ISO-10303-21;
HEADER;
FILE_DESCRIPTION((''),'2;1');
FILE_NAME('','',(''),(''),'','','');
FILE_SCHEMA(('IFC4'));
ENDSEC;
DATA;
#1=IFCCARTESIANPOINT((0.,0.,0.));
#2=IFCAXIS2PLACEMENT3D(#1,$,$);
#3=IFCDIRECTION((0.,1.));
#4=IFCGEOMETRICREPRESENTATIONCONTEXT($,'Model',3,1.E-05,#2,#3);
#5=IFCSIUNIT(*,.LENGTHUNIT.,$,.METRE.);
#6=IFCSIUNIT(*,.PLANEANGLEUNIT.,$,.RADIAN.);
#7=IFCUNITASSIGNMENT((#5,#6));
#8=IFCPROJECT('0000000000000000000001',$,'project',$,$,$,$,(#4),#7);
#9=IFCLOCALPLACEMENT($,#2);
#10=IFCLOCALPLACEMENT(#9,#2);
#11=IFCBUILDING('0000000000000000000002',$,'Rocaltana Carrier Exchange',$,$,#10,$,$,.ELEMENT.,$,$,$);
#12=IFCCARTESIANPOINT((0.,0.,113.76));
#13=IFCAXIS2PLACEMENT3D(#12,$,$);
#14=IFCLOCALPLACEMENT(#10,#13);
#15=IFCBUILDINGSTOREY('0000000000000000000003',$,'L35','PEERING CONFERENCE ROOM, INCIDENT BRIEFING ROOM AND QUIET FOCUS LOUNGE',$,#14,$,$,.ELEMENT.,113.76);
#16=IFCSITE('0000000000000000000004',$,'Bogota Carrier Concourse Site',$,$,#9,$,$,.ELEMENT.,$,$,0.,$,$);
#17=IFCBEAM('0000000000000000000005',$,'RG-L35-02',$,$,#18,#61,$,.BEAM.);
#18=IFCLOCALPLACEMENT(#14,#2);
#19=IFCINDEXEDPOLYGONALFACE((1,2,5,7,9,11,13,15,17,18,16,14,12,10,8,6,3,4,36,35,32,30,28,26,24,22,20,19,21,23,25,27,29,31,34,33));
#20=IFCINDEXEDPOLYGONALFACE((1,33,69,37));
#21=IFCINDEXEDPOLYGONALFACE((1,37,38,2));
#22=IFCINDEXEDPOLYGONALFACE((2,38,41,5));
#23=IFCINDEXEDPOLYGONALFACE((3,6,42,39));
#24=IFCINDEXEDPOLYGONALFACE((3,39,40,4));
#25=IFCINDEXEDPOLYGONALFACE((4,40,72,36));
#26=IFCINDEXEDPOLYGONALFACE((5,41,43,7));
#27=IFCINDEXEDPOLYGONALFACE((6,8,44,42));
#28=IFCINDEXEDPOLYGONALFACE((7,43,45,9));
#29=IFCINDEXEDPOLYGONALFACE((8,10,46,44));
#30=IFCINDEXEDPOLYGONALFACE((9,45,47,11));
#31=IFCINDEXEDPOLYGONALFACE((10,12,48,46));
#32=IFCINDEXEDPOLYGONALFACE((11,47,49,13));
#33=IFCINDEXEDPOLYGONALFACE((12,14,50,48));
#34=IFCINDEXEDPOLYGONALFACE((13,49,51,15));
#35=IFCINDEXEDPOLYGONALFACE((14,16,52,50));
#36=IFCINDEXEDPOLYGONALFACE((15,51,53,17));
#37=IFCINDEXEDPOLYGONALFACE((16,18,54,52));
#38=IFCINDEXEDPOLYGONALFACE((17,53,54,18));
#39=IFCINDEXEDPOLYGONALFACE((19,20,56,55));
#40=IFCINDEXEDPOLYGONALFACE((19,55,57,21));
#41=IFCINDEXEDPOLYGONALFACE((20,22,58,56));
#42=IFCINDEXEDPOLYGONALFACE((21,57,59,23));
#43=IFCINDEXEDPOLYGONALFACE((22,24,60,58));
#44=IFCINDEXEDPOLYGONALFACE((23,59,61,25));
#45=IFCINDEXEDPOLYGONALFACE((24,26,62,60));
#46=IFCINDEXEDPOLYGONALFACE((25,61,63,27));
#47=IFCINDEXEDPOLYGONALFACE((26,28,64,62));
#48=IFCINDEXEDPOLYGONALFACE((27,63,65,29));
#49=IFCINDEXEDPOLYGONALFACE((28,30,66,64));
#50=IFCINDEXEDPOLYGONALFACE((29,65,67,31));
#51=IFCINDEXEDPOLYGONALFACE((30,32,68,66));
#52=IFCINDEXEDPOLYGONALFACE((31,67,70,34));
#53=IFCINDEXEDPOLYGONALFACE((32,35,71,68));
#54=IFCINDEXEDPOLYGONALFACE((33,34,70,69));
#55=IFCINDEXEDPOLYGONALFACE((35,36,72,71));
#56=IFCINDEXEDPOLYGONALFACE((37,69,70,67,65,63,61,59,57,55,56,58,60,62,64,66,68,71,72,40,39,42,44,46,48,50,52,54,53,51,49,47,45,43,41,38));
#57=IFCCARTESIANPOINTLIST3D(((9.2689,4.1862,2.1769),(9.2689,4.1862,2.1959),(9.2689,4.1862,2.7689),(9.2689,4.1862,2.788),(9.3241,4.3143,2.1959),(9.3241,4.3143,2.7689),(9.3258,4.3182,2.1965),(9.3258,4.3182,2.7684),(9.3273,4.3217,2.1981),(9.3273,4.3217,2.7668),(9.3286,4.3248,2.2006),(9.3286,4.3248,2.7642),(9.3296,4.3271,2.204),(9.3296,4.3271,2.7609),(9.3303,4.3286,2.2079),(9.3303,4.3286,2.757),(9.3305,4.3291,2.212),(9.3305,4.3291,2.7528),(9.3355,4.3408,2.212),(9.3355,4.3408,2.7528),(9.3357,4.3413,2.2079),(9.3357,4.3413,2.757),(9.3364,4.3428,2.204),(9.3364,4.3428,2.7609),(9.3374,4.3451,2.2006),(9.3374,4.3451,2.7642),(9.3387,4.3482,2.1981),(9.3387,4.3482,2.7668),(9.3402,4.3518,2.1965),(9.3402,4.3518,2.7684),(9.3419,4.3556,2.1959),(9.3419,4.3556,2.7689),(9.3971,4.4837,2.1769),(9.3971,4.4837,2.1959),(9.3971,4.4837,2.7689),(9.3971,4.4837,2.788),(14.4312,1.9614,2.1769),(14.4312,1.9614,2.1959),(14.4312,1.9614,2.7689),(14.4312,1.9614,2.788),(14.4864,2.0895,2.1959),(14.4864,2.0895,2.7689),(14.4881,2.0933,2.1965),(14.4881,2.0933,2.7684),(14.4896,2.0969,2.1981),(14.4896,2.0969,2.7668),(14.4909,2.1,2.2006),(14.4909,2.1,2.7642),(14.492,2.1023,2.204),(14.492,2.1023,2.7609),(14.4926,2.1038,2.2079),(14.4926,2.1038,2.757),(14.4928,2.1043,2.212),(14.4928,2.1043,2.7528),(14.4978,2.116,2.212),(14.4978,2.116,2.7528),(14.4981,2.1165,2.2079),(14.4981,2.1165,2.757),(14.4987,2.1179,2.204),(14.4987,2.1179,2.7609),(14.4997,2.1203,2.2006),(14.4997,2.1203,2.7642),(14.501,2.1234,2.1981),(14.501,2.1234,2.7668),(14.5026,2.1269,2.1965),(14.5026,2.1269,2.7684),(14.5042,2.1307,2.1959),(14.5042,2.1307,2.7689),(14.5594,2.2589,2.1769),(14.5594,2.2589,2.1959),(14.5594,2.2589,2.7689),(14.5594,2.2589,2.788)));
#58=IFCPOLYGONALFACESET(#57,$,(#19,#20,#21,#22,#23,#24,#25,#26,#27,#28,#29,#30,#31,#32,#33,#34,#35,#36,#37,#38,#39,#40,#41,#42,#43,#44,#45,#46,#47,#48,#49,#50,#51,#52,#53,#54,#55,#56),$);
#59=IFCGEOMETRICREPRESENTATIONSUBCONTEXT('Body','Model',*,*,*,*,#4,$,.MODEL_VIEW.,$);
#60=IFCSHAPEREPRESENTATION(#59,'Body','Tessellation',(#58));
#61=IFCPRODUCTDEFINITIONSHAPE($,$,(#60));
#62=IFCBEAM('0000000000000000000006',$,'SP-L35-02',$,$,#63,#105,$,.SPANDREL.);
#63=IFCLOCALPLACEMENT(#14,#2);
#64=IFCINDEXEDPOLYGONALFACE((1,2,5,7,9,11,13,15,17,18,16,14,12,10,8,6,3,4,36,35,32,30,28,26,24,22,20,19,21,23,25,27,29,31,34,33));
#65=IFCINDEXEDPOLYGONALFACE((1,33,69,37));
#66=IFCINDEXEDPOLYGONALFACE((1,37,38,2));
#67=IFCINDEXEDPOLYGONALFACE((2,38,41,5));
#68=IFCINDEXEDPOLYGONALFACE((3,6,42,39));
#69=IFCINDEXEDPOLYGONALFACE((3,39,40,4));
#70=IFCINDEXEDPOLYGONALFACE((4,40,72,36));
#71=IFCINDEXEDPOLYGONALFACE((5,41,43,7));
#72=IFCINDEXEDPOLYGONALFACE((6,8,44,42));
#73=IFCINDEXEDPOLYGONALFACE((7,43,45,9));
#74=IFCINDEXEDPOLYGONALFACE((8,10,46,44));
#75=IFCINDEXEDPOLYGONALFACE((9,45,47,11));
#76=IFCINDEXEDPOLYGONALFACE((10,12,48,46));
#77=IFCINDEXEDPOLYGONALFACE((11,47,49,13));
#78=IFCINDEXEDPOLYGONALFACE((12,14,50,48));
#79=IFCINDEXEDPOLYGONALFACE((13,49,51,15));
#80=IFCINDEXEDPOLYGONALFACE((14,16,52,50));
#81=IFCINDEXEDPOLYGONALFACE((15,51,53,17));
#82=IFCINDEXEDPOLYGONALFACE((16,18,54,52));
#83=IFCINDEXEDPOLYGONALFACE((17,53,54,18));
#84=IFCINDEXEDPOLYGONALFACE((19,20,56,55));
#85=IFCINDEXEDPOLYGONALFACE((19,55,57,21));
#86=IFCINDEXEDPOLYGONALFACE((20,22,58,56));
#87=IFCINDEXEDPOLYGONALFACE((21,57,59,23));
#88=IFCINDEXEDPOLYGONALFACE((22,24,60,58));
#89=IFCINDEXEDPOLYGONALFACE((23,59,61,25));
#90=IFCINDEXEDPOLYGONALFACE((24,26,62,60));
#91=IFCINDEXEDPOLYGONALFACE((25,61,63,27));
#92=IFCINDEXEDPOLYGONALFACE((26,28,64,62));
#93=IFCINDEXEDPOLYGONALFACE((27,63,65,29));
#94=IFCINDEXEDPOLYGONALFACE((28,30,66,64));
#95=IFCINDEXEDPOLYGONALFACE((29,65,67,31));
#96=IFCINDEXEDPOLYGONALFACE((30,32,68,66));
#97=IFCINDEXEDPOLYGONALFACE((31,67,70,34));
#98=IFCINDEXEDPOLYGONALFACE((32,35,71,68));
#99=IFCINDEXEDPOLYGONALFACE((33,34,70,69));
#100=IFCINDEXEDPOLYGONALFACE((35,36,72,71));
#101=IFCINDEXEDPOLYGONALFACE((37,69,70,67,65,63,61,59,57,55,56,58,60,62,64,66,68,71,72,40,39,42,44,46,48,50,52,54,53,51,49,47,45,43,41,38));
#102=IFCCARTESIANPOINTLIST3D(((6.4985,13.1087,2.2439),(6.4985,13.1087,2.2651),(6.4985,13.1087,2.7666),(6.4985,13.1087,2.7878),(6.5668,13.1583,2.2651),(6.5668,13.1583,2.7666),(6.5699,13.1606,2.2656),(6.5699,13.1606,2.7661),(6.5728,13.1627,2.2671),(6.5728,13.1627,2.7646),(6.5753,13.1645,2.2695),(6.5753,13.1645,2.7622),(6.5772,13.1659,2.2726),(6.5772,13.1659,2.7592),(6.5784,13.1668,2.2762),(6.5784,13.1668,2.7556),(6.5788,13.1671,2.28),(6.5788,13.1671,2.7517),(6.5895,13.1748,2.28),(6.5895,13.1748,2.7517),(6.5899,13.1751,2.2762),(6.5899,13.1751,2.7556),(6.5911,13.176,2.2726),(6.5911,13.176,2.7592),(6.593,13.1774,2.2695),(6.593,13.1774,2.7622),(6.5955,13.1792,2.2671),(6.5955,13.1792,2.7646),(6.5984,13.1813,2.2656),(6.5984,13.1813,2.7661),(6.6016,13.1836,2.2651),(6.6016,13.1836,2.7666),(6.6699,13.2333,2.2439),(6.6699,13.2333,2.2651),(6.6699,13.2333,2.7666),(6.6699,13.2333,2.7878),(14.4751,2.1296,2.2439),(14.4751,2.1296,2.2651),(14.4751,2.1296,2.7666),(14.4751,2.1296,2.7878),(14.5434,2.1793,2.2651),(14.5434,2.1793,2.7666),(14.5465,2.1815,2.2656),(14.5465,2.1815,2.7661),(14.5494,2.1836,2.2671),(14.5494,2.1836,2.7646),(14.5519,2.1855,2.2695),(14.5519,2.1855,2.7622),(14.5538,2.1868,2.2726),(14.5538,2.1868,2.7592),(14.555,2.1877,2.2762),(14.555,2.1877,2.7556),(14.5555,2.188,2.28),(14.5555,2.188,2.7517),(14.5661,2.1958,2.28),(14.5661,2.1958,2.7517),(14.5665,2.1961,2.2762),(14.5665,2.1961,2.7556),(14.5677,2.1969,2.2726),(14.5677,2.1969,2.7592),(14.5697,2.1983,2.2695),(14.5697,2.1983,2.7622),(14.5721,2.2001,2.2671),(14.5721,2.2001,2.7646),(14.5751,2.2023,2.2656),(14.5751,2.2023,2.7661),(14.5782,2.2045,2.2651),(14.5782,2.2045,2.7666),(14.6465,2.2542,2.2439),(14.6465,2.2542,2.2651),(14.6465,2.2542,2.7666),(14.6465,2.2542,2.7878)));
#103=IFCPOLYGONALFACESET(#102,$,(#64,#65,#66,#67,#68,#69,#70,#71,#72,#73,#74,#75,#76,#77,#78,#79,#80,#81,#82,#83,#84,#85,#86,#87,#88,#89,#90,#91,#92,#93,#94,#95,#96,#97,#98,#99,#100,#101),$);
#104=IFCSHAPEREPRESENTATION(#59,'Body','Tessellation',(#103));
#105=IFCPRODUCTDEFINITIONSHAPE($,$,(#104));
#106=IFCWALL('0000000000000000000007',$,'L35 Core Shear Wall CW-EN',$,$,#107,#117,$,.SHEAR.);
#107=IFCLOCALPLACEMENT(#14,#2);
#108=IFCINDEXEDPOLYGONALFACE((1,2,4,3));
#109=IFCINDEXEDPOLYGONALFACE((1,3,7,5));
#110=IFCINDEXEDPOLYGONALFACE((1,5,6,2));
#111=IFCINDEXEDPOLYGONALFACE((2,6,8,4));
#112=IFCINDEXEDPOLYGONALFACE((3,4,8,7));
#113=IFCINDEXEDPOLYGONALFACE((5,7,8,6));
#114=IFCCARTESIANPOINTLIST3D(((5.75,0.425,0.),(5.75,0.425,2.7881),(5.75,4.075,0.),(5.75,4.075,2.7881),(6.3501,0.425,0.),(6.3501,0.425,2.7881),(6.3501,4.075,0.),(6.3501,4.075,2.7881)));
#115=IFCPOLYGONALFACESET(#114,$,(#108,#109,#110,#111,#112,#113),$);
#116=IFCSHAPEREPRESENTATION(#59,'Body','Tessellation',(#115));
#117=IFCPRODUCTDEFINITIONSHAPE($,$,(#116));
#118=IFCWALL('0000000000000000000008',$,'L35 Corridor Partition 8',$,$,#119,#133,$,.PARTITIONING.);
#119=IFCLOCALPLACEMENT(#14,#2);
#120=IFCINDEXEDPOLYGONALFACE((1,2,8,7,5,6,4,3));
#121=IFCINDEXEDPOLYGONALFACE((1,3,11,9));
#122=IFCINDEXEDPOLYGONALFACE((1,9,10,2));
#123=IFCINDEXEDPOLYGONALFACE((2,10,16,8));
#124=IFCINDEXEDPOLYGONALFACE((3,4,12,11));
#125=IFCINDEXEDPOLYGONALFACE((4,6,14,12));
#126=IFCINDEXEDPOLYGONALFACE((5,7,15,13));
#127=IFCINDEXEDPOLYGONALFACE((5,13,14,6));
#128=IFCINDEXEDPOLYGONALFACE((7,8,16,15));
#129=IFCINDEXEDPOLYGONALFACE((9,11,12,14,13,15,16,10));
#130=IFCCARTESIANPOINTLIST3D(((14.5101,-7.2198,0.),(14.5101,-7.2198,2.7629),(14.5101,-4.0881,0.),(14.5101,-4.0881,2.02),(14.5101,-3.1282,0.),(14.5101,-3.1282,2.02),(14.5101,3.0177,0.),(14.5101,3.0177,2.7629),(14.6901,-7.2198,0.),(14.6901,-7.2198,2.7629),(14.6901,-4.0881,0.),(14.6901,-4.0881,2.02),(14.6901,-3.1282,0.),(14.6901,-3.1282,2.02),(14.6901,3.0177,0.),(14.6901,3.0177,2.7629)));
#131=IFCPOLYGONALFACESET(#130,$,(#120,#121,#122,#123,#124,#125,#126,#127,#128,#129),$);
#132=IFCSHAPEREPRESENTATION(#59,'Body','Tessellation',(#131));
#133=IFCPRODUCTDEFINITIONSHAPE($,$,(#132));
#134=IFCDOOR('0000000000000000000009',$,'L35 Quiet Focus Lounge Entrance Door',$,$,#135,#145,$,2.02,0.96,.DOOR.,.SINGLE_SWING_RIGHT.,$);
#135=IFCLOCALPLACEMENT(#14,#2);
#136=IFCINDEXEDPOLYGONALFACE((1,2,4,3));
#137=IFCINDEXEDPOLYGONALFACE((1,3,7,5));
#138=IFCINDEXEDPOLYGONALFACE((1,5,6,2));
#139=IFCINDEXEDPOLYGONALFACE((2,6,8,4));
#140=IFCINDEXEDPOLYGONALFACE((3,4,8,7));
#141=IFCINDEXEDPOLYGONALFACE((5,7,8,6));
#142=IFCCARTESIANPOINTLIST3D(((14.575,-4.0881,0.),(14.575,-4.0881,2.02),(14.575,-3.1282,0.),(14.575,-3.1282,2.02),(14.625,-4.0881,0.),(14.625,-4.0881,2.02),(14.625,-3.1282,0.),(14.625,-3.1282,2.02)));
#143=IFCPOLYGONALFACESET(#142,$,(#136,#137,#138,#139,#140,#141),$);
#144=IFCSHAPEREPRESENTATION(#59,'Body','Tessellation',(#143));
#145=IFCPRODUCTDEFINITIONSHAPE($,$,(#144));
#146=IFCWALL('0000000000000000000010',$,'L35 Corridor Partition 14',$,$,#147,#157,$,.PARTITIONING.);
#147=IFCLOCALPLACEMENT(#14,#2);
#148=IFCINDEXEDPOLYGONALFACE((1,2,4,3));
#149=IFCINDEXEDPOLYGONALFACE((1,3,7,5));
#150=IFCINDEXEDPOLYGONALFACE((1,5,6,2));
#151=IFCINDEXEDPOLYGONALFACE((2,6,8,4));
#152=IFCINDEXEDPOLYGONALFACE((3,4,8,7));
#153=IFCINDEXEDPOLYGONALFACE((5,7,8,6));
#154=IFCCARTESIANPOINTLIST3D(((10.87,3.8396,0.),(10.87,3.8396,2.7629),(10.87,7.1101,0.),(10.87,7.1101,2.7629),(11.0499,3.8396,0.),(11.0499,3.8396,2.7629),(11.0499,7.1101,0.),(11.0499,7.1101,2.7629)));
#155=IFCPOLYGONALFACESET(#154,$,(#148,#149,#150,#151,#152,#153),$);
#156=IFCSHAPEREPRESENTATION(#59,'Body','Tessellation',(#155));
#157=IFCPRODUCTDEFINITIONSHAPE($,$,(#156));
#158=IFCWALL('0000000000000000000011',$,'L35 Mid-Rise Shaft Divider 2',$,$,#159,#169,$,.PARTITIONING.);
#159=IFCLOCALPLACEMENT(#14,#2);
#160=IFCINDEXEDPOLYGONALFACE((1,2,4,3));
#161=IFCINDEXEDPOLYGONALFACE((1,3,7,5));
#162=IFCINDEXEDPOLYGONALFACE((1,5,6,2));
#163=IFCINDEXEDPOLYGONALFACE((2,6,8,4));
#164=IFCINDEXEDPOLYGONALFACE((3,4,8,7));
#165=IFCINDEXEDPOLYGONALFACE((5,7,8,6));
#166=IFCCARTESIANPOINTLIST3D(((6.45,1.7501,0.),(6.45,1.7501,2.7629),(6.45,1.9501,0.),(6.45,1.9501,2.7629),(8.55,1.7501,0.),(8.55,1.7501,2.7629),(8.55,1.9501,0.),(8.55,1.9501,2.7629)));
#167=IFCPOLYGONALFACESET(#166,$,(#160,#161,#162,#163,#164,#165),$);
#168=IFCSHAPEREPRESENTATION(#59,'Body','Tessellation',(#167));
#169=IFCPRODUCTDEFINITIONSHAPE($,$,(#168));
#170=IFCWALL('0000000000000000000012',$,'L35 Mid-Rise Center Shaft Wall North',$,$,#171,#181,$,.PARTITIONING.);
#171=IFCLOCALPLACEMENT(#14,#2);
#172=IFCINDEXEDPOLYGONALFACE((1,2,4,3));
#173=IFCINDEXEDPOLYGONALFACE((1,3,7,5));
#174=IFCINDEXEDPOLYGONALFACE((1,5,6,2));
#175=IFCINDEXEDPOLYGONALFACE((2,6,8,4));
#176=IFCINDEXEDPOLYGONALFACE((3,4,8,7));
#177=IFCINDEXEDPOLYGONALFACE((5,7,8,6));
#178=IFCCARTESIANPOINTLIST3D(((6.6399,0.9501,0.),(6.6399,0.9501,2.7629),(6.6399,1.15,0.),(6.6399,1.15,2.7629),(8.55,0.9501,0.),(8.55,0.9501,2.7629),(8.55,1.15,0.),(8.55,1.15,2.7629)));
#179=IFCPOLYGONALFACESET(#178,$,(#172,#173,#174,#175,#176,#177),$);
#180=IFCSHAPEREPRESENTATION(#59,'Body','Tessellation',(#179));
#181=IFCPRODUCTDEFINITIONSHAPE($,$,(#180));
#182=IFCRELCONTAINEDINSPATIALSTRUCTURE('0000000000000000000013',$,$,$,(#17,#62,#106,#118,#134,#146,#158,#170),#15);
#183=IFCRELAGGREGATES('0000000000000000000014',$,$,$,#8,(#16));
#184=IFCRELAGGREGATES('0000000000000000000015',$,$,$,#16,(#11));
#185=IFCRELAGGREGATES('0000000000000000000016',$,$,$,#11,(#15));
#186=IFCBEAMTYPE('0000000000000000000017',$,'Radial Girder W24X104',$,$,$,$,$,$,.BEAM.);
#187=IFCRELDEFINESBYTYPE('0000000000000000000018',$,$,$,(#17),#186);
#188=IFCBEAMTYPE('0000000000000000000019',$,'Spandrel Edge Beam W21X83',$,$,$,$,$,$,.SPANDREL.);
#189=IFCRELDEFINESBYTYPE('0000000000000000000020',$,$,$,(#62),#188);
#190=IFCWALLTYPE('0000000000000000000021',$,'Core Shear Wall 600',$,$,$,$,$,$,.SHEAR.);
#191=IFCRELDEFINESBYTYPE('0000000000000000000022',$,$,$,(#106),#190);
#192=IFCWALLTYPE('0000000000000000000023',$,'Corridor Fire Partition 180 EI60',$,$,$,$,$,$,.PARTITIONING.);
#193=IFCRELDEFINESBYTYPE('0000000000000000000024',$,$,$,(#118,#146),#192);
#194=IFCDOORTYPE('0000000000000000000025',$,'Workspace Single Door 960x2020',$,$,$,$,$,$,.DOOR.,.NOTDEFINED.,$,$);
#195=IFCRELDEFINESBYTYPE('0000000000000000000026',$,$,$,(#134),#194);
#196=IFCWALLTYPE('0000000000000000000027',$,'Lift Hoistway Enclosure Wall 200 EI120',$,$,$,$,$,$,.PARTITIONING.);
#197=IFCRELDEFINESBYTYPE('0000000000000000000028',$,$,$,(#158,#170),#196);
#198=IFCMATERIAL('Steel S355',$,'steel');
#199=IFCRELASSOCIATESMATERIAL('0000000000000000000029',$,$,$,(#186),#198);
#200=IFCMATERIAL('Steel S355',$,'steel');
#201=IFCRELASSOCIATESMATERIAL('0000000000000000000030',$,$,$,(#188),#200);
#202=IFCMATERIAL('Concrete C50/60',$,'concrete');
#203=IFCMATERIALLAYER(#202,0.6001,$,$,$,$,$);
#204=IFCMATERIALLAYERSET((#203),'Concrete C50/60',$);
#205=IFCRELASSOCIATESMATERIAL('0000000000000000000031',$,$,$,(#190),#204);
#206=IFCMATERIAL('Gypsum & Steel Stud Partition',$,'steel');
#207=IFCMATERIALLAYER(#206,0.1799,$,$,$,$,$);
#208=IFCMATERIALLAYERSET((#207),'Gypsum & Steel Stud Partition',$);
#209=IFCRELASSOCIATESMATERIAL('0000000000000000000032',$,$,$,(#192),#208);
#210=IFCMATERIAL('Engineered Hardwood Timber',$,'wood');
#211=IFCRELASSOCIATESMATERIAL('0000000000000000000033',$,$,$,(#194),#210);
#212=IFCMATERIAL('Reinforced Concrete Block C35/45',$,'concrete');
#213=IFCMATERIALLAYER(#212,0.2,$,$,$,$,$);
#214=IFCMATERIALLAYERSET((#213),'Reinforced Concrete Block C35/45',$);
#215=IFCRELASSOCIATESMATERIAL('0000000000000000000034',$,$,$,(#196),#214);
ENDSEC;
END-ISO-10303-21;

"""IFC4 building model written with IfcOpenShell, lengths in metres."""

from ifc_helpers import new_model, si_unit, direction, frame, frame_2d, origin, origin_2d, place, context, subcontext, project, spatial, rectangle, i_section, extrude, material, layer, layer_set, material_profile, profile_set, type_object, element, fill, save


model = new_model("IFC4")

# Units and contexts
model_context = context("Model", 3, precision=1e-05, world=origin(), true_north=direction((0.0, 1.0)))
body_context = subcontext(model_context, "Body", "Model", "MODEL_VIEW")
ifc_project = project(units=[si_unit("LENGTHUNIT", "METRE"), si_unit("PLANEANGLEUNIT", "RADIAN")], contexts=[model_context])

# Site, building, storey
site_placement = place(None, origin())
site = spatial("IfcSite", under=ifc_project, at=site_placement, Name="Bogota Carrier Concourse Site", CompositionType="ELEMENT", RefElevation=0.0)
building_placement = place(site_placement, origin())
building = spatial("IfcBuilding", under=site, at=building_placement, Name="Rocaltana Carrier Exchange", CompositionType="ELEMENT")
storey_placement = place(building_placement, frame((0.0, 0.0, 113.76)))
storey = spatial("IfcBuildingStorey", under=building, at=storey_placement, Name="L35", Description="PEERING CONFERENCE ROOM, INCIDENT BRIEFING ROOM AND QUIET FOCUS LOUNGE", CompositionType="ELEMENT", Elevation=113.76)

# Beams
ifc_material_1 = material(Name="Steel S355", Category="steel")
ifc_material_profile_1 = material_profile(ifc_material_1, i_section(OverallWidth=0.324, OverallDepth=0.6111, WebThickness=0.0127, FlangeThickness=0.019, FilletRadius=0.0161, at=origin_2d()), Name="W24X104")
ifc_profile_set_1 = profile_set([ifc_material_profile_1], Name="Steel S355")
beam_type_1 = type_object("IfcBeamType", Name="Radial Girder W24X104", PredefinedType="BEAM", material=ifc_profile_set_1)
beam_1_placement = place(storey_placement, frame((9.333, 4.335, 2.4824), z_axis=(0.918343, -0.395785, 0.0), x_axis=(0.395785, 0.918343, 0.0)))
element("IfcBeam", 1, at=beam_1_placement, inside=storey, type_object=beam_type_1, Name="RG-L35-02", PredefinedType="BEAM", context=body_context, shape_type="SweptSolid", body=[
    extrude(i_section(OverallWidth=0.324, OverallDepth=0.6111, WebThickness=0.0127, FlangeThickness=0.019, FilletRadius=0.0161, at=origin_2d()), origin(), (0.0, 0.0, 1.0), 5.6213),
])
ifc_material_2 = material(Name="Steel S355", Category="steel")
ifc_material_profile_2 = material_profile(ifc_material_2, i_section(OverallWidth=0.2119, OverallDepth=0.5439, WebThickness=0.0132, FlangeThickness=0.0212, FilletRadius=0.0149, at=origin_2d()), Name="W21X83")
ifc_profile_set_2 = profile_set([ifc_material_profile_2], Name="Steel S355")
beam_type_2 = type_object("IfcBeamType", Name="Spandrel Edge Beam W21X83", PredefinedType="SPANDREL", material=ifc_profile_set_2)
beam_2_placement = place(storey_placement, frame((14.5608, 2.1919, 2.5159), z_axis=(-0.587778, 0.809022, 0.0), x_axis=(-0.809022, -0.587778, 0.0)))
element("IfcBeam", 2, at=beam_2_placement, inside=storey, type_object=beam_type_2, Name="SP-L35-02", PredefinedType="SPANDREL", context=body_context, shape_type="SweptSolid", body=[
    extrude(i_section(OverallWidth=0.2119, OverallDepth=0.5439, WebThickness=0.0132, FlangeThickness=0.0212, FilletRadius=0.0149, at=origin_2d()), origin(), (0.0, 0.0, 1.0), 13.5708),
])

# Wall
ifc_material_3 = material(Name="Concrete C50/60", Category="concrete")
ifc_layer_1 = layer(ifc_material_3, 0.6001)
ifc_layer_set_1 = layer_set([ifc_layer_1], Name="Concrete C50/60")
wall_type_1 = type_object("IfcWallType", Name="Core Shear Wall 600", PredefinedType="SHEAR", material=ifc_layer_set_1)
wall_1_placement = place(storey_placement, frame((6.05, 0.425, 0.0), z_axis=(0.0, 0.0, 1.0), x_axis=(0.0, 1.0, 0.0)))
element("IfcWall", 3, at=wall_1_placement, inside=storey, type_object=wall_type_1, Name="L35 Core Shear Wall CW-EN", PredefinedType="SHEAR", context=body_context, shape_type="SweptSolid", body=[
    extrude(rectangle(XDim=3.6499, YDim=0.6001, at=frame_2d((1.825, 0.0))), origin(), (0.0, 0.0, 1.0), 2.7881),
])

# Wall, opening, door
ifc_material_4 = material(Name="Gypsum & Steel Stud Partition", Category="steel")
ifc_layer_2 = layer(ifc_material_4, 0.1799)
ifc_layer_set_2 = layer_set([ifc_layer_2], Name="Gypsum & Steel Stud Partition")
wall_type_2 = type_object("IfcWallType", Name="Corridor Fire Partition 180 EI60", PredefinedType="PARTITIONING", material=ifc_layer_set_2)
wall_2_placement = place(storey_placement, frame((14.6001, 3.0176, 0.0), z_axis=(0.0, 0.0, 1.0), x_axis=(0.0, -1.0, 0.0)))
wall_2 = element("IfcWall", 4, at=wall_2_placement, inside=storey, type_object=wall_type_2, Name="L35 Corridor Partition 8", PredefinedType="PARTITIONING", context=body_context, shape_type="SweptSolid", body=[
    extrude(rectangle(XDim=10.2375, YDim=0.1799, at=frame_2d((5.1187, 0.0))), origin(), (0.0, 0.0, 1.0), 2.7629),
])
opening_placement = place(wall_2_placement, frame((6.1458, 0.0, 0.0)))
opening = element("IfcOpeningElement", 5, at=opening_placement, cuts=wall_2, PredefinedType="OPENING", context=body_context, shape_type="SweptSolid", body=[
    extrude(rectangle(XDim=0.96, YDim=2.02, at=frame_2d((0.48, 1.01))), frame((0.0, 0.0999, 0.0), z_axis=(0.0, -1.0, 0.0), x_axis=(1.0, 0.0, 0.0)), (0.0, 0.0, 1.0), 0.2),
])
ifc_material_5 = material(Name="Engineered Hardwood Timber", Category="wood")
door_type = type_object("IfcDoorType", Name="Workspace Single Door 960x2020", OperationType="NOTDEFINED", PredefinedType="DOOR", material=ifc_material_5)
door_placement = place(opening_placement, origin())
door = element("IfcDoor", 6, at=door_placement, inside=storey, type_object=door_type, Name="L35 Quiet Focus Lounge Entrance Door", OperationType="SINGLE_SWING_RIGHT", OverallHeight=2.02, OverallWidth=0.96, PredefinedType="DOOR", context=body_context, shape_type="SweptSolid", body=[
    extrude(rectangle(XDim=0.96, YDim=2.02, at=frame_2d((0.48, 1.01))), frame((0.0, 0.0249, 0.0), z_axis=(0.0, -1.0, 0.0), x_axis=(1.0, 0.0, 0.0)), (0.0, 0.0, 1.0), 0.05),
])
fill(opening, door)

# Walls
wall_3_placement = place(storey_placement, frame((10.96, 3.8396, 0.0), z_axis=(0.0, 0.0, 1.0), x_axis=(0.0, 1.0, 0.0)))
element("IfcWall", 7, at=wall_3_placement, inside=storey, type_object=wall_type_2, Name="L35 Corridor Partition 14", PredefinedType="PARTITIONING", context=body_context, shape_type="SweptSolid", body=[
    extrude(rectangle(XDim=3.2705, YDim=0.1799, at=frame_2d((1.6353, 0.0))), origin(), (0.0, 0.0, 1.0), 2.7629),
])
ifc_material_6 = material(Name="Reinforced Concrete Block C35/45", Category="concrete")
ifc_layer_3 = layer(ifc_material_6, 0.2)
ifc_layer_set_3 = layer_set([ifc_layer_3], Name="Reinforced Concrete Block C35/45")
wall_type_3 = type_object("IfcWallType", Name="Lift Hoistway Enclosure Wall 200 EI120", PredefinedType="PARTITIONING", material=ifc_layer_set_3)
wall_4_placement = place(storey_placement, frame((6.45, 1.8501, 0.0), z_axis=(0.0, 0.0, 1.0), x_axis=(1.0, 0.0, 0.0)))
element("IfcWall", 8, at=wall_4_placement, inside=storey, type_object=wall_type_3, Name="L35 Mid-Rise Shaft Divider 2", PredefinedType="PARTITIONING", context=body_context, shape_type="SweptSolid", body=[
    extrude(rectangle(XDim=2.1001, YDim=0.2, at=frame_2d((1.05, 0.0))), origin(), (0.0, 0.0, 1.0), 2.7629),
])
wall_5_placement = place(storey_placement, frame((6.6399, 1.05, 0.0), z_axis=(0.0, 0.0, 1.0), x_axis=(1.0, 0.0, 0.0)))
element("IfcWall", 9, at=wall_5_placement, inside=storey, type_object=wall_type_3, Name="L35 Mid-Rise Center Shaft Wall North", PredefinedType="PARTITIONING", context=body_context, shape_type="SweptSolid", body=[
    extrude(rectangle(XDim=1.9102, YDim=0.2, at=frame_2d((0.9551, 0.0))), origin(), (0.0, 0.0, 1.0), 2.7629),
])

save(model, "model.ifc")
